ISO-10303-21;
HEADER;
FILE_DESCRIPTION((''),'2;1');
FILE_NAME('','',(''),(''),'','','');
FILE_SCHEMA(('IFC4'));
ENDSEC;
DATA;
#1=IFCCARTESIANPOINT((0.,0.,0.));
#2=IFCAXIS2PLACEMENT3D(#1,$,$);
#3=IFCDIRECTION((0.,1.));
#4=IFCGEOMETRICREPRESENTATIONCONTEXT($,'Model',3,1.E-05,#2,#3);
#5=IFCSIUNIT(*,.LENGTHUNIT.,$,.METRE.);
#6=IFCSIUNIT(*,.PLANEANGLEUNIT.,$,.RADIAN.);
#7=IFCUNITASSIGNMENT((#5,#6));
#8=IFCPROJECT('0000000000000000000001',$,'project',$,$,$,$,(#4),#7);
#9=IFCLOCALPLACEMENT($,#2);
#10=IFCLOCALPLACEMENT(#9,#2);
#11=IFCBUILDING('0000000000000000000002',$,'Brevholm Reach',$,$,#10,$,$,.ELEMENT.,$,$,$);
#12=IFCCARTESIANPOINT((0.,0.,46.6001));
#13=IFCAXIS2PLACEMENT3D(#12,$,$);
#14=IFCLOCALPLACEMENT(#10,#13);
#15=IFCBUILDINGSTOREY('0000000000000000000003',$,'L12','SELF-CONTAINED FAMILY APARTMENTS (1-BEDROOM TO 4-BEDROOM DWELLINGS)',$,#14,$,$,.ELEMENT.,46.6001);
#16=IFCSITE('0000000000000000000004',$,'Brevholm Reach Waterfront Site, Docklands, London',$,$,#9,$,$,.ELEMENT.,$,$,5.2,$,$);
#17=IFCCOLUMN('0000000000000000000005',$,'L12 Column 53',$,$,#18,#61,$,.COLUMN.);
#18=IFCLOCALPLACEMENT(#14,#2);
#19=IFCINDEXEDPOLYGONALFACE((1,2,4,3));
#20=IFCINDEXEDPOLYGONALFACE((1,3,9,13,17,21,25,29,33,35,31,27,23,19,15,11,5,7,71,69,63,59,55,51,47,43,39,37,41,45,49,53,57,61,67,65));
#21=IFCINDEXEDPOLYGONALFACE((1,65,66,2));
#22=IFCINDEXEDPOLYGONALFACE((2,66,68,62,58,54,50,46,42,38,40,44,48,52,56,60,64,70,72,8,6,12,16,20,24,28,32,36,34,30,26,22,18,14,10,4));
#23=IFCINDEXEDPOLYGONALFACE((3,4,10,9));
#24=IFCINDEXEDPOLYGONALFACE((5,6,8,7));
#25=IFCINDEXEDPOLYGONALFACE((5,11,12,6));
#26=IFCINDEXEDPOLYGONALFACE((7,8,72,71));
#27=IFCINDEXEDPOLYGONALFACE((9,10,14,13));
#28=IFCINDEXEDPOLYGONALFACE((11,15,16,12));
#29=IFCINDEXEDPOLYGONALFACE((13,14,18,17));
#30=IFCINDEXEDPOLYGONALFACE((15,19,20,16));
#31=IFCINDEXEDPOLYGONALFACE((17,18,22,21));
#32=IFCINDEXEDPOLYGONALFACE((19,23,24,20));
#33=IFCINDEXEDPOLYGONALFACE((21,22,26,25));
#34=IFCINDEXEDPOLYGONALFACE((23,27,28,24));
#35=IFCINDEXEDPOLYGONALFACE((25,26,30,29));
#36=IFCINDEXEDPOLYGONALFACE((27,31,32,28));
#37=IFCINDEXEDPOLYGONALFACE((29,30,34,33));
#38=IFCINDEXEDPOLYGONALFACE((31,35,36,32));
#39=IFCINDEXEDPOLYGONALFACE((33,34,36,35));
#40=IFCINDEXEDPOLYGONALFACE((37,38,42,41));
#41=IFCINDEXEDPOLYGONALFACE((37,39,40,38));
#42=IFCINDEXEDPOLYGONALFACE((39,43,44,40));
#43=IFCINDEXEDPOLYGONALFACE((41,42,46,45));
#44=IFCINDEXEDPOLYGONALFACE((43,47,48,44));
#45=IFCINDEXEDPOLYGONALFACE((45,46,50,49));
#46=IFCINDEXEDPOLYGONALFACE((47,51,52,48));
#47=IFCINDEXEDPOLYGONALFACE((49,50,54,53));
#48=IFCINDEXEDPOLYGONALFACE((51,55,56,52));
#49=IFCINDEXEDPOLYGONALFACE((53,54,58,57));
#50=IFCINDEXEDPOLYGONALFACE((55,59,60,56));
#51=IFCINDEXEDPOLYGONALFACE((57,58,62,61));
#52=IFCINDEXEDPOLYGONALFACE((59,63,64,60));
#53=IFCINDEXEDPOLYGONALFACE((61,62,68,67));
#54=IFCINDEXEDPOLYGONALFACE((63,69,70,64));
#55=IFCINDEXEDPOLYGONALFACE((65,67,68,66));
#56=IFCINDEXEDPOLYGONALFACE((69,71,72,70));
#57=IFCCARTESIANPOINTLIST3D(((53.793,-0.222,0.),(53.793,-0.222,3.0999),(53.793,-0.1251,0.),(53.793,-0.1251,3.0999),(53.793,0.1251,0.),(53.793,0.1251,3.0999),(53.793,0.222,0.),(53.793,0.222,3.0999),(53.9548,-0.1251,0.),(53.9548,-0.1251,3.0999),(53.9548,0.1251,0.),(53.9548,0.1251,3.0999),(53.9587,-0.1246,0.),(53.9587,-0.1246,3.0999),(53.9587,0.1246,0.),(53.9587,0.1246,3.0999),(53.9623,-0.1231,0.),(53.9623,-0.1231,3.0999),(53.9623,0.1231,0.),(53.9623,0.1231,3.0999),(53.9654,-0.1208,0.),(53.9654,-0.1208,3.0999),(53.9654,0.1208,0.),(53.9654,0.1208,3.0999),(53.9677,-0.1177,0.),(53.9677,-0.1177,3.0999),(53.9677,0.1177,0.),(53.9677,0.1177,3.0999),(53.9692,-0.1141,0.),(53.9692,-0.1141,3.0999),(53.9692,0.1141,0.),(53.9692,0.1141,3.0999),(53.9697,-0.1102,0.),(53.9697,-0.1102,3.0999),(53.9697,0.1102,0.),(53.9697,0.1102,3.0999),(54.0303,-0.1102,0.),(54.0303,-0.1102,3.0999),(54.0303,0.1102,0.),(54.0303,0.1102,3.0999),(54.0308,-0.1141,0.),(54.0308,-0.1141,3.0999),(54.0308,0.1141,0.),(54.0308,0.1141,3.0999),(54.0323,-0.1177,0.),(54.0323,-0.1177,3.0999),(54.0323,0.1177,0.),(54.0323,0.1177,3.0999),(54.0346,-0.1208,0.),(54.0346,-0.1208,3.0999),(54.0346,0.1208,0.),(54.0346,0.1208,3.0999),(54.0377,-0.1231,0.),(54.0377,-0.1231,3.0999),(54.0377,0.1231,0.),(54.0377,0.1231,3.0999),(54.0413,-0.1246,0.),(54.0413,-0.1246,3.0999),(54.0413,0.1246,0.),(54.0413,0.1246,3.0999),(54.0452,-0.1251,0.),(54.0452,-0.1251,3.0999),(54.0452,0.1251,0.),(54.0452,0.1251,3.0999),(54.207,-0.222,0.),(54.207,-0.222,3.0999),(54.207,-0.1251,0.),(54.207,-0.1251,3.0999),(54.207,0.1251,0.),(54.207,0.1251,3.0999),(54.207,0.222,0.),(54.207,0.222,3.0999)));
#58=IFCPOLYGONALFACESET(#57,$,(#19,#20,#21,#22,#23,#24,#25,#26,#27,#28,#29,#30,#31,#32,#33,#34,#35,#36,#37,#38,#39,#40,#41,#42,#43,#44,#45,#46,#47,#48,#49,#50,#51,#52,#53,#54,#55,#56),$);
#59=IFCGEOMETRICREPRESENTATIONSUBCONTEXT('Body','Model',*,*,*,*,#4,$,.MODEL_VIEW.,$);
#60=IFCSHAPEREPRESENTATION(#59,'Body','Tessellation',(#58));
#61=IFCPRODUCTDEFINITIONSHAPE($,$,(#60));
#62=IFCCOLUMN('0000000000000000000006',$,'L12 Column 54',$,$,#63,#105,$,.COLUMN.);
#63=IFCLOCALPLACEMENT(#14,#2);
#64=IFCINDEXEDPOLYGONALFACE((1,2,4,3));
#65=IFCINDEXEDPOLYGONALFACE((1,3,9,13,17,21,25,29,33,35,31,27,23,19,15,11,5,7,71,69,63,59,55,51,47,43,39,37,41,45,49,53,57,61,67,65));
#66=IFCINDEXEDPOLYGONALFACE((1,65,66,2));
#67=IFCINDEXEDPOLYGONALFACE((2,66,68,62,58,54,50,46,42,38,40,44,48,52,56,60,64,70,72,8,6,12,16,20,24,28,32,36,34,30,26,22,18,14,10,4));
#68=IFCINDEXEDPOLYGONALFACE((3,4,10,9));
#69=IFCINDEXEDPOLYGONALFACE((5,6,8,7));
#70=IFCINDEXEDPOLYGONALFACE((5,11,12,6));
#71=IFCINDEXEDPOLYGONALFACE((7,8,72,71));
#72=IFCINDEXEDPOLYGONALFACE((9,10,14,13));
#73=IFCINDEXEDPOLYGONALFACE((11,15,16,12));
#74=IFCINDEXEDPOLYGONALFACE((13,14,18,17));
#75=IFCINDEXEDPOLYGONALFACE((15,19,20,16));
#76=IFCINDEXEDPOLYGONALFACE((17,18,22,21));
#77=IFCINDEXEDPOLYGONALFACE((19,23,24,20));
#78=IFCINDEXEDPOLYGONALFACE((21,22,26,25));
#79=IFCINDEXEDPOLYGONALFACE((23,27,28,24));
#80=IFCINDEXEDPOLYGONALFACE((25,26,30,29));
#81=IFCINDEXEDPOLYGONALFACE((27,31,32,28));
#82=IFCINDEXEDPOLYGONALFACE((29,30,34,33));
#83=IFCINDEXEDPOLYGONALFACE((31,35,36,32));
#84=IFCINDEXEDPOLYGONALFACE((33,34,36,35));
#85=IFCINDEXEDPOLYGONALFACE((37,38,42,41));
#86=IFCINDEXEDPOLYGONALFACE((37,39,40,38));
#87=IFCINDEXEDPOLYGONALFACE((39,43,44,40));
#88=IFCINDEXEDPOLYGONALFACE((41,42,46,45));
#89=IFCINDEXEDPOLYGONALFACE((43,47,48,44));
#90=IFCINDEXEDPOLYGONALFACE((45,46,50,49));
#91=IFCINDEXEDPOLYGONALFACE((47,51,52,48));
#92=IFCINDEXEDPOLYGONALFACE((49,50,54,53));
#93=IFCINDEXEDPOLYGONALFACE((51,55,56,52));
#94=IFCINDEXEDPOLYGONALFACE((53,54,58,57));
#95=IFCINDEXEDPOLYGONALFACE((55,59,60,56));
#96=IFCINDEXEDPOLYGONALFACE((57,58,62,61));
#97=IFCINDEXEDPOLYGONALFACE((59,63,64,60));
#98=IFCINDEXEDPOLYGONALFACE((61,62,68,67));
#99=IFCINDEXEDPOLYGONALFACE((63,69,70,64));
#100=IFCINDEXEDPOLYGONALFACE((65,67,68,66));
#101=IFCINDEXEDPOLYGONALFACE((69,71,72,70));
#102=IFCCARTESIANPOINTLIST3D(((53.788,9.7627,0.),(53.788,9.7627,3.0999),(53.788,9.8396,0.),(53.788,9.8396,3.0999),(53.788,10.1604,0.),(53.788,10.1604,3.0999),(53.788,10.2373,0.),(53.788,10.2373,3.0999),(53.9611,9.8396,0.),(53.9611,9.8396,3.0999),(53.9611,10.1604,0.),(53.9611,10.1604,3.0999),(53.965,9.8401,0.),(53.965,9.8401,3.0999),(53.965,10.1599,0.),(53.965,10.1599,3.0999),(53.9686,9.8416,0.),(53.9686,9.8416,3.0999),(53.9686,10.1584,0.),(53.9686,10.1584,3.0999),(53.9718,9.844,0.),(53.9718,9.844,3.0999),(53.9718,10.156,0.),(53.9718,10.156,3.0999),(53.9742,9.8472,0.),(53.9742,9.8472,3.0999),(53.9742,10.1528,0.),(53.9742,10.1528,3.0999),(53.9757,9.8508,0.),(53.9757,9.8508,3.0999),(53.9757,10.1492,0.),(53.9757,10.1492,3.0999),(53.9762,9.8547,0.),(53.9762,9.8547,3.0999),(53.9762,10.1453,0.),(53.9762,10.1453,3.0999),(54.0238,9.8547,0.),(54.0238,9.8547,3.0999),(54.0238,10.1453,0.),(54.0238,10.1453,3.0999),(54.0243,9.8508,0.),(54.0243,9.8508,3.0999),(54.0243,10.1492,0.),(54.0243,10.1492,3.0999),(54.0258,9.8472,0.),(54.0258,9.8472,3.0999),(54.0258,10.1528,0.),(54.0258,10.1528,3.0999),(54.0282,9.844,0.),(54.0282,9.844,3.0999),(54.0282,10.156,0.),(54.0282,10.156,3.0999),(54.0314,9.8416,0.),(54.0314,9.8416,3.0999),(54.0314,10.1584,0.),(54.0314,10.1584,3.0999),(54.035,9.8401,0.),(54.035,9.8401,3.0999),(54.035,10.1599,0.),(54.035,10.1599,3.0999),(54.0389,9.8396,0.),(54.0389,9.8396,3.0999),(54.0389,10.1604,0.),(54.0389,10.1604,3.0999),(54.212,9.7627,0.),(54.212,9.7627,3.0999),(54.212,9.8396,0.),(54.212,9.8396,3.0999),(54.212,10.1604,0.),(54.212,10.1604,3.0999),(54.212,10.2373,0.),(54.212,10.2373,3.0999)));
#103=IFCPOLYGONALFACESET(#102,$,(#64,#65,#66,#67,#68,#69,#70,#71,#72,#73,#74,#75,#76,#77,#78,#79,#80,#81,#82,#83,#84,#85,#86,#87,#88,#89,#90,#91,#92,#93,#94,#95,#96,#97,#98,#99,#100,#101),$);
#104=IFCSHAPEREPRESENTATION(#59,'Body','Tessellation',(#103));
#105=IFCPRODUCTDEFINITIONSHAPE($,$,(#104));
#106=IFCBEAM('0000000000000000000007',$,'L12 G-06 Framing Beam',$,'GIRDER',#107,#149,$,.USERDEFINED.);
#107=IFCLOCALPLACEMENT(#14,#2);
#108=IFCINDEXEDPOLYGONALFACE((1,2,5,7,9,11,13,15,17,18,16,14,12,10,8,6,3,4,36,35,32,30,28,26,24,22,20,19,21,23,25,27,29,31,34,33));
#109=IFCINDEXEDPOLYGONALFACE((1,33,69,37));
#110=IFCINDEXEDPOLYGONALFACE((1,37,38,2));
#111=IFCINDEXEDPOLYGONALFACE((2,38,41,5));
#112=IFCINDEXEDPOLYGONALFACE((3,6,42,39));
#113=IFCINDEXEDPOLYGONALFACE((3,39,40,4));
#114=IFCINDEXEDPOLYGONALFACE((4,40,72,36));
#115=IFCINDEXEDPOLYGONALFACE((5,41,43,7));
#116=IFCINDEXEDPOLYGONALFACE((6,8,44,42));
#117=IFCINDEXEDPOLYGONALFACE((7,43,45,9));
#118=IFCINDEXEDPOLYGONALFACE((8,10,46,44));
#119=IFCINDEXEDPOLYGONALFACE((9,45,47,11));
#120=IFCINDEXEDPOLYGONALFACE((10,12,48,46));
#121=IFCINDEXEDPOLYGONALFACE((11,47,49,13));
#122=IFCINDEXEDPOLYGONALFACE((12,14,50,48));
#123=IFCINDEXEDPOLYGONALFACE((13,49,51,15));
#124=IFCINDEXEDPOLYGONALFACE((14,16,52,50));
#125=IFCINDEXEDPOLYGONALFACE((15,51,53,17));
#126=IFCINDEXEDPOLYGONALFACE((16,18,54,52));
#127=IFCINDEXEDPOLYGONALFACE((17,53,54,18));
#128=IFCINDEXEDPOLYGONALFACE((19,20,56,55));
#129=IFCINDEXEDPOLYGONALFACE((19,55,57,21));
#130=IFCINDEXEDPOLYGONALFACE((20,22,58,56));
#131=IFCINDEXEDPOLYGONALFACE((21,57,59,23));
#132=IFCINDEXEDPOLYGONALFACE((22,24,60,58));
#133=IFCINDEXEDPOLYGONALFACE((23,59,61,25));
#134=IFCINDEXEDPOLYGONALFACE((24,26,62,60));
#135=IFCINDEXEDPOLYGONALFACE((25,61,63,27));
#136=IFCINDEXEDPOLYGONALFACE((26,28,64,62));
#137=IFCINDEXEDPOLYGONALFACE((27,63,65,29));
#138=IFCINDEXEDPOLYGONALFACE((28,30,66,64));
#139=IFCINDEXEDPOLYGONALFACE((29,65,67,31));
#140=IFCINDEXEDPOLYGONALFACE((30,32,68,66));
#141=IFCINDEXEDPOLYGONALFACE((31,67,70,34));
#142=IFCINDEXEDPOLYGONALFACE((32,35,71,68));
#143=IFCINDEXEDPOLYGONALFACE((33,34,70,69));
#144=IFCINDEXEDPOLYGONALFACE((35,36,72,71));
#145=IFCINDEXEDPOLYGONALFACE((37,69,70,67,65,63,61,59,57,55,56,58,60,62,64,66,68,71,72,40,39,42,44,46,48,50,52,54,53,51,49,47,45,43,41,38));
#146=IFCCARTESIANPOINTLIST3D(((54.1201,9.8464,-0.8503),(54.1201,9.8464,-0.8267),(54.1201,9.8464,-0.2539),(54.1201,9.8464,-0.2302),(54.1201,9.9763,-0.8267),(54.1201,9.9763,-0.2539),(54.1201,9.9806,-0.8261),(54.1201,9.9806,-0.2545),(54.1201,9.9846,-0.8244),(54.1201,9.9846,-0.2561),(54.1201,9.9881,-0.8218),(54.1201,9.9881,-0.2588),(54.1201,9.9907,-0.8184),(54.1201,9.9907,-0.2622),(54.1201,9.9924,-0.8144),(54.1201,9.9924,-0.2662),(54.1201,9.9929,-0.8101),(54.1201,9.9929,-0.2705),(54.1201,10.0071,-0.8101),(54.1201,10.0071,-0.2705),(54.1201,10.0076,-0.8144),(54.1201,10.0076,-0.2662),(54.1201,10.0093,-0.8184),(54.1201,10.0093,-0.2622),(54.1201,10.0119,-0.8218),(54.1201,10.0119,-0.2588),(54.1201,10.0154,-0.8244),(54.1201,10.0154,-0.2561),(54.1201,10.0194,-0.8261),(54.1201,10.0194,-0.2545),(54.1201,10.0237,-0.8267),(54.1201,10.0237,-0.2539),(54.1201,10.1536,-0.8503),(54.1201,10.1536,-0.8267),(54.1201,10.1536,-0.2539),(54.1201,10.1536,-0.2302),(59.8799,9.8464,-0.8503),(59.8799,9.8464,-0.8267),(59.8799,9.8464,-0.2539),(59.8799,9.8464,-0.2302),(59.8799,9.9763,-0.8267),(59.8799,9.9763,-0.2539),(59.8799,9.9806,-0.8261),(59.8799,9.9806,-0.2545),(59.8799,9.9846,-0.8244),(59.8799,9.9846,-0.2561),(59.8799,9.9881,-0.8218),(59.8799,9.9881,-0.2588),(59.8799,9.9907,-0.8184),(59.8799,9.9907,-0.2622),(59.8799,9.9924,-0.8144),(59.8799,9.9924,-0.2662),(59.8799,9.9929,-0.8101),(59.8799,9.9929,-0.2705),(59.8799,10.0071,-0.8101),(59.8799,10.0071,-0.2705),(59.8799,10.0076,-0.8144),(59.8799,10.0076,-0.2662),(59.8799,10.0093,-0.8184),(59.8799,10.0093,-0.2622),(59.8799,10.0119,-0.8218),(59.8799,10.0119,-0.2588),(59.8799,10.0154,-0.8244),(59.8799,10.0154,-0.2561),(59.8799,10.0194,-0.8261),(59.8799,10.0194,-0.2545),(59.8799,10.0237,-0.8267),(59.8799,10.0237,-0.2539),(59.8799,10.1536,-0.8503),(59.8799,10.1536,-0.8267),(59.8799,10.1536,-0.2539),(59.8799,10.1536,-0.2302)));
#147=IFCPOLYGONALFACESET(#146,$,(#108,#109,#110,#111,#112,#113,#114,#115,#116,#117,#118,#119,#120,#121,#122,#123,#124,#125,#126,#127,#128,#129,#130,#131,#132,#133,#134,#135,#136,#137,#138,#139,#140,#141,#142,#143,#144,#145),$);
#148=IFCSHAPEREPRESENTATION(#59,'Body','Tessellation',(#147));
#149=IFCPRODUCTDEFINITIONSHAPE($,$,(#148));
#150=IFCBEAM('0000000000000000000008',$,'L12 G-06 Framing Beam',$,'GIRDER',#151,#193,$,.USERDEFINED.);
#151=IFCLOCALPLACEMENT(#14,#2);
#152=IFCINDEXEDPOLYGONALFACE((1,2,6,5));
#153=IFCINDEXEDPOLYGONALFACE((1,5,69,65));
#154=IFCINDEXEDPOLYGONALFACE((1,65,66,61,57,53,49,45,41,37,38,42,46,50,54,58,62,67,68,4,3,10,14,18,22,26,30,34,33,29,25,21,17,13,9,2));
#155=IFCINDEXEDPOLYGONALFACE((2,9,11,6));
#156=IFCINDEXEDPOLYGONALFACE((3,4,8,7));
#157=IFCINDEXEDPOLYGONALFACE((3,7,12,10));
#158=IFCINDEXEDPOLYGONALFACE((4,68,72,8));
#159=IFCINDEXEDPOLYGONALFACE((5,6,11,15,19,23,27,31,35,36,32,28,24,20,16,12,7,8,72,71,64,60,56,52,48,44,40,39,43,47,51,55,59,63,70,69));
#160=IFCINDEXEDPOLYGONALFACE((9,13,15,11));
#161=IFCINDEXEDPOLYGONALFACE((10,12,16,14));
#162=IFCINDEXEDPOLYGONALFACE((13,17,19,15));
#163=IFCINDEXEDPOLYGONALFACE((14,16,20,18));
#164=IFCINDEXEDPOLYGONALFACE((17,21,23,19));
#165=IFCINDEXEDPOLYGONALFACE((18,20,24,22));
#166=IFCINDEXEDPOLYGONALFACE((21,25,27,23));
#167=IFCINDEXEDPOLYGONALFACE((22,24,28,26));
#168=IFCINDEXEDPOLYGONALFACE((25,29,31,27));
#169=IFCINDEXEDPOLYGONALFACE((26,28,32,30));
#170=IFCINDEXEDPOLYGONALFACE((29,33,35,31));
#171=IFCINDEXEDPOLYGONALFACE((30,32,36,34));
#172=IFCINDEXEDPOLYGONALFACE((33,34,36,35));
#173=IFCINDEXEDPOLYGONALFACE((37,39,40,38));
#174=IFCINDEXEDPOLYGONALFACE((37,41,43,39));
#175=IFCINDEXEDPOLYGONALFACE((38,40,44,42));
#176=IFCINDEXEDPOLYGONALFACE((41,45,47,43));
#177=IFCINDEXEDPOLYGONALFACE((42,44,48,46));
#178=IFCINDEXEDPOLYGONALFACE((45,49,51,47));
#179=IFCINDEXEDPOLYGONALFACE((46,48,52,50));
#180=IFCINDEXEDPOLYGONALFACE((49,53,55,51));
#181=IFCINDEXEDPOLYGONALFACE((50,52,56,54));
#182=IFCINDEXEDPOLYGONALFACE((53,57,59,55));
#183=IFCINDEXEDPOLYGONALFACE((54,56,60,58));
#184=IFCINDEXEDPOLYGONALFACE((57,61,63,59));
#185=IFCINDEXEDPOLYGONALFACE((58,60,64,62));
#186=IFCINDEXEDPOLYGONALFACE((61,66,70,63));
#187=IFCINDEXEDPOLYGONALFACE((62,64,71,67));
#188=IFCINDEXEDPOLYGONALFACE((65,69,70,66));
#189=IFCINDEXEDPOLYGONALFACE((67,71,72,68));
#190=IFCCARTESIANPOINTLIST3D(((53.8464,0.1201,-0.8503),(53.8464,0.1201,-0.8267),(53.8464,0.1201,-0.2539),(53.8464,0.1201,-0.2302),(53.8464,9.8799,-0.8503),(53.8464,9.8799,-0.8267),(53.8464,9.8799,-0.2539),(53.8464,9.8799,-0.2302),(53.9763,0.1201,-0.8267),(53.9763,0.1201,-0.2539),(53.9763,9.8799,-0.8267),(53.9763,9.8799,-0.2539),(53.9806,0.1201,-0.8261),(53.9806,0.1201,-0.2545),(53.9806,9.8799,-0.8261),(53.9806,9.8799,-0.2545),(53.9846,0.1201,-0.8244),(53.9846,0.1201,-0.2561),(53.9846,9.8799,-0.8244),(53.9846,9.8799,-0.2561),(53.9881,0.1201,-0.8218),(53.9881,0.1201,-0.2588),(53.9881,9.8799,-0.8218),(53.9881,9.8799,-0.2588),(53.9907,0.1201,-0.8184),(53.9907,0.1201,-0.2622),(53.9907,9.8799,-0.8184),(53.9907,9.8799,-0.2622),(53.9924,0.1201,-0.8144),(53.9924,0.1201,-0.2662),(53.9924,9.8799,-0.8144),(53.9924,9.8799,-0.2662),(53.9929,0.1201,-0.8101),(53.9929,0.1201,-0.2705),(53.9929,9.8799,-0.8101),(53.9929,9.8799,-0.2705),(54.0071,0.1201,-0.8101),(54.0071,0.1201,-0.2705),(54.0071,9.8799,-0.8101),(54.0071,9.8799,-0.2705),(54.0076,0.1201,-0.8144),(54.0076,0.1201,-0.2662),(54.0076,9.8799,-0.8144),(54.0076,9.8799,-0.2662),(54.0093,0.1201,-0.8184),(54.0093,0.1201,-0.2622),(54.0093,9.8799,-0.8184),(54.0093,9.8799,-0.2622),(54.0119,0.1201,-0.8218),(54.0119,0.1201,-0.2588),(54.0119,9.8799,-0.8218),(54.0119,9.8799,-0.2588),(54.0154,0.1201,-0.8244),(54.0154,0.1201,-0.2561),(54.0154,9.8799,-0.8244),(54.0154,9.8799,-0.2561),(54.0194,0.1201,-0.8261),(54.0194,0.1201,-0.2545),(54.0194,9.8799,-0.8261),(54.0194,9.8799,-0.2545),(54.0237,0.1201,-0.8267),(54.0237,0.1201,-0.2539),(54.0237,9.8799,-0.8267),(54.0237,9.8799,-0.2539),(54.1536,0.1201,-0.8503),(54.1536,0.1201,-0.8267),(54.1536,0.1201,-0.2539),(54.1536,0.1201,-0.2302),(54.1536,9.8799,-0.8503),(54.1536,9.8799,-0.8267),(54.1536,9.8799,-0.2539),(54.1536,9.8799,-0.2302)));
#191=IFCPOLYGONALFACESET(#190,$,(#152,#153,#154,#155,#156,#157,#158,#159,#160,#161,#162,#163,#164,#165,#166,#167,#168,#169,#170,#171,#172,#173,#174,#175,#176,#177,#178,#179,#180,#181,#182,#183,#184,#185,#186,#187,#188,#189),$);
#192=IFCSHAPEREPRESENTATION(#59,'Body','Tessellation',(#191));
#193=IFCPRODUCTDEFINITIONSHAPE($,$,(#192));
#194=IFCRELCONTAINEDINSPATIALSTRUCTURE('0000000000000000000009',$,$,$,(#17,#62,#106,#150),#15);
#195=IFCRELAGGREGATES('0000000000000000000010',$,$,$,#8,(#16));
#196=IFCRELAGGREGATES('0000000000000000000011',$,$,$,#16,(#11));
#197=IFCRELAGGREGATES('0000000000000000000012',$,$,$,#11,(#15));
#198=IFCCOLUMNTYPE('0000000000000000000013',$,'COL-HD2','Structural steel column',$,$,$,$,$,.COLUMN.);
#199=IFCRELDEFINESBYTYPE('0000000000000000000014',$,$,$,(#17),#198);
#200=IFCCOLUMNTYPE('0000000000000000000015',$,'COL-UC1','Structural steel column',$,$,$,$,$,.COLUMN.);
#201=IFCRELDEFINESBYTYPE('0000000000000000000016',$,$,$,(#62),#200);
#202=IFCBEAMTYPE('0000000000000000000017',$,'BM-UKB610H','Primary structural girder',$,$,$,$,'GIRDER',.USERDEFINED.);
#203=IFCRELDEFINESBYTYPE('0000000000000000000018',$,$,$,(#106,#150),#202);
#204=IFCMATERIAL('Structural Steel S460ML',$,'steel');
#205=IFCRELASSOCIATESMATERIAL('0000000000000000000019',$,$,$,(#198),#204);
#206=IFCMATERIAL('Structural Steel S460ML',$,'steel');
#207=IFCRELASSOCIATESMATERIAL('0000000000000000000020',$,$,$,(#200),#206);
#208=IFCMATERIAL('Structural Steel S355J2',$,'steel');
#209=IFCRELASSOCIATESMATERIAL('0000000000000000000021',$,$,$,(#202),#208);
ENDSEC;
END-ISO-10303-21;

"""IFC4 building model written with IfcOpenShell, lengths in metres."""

from ifc_helpers import new_model, si_unit, direction, frame, origin, origin_2d, place, context, subcontext, project, spatial, i_section, extrude, material, material_profile, profile_set, type_object, element, save


model = new_model("IFC4")

# Units and contexts
model_context = context("Model", 3, precision=1e-05, world=origin(), true_north=direction((0.0, 1.0)))
body_context = subcontext(model_context, "Body", "Model", "MODEL_VIEW")
ifc_project = project(units=[si_unit("LENGTHUNIT", "METRE"), si_unit("PLANEANGLEUNIT", "RADIAN")], contexts=[model_context])

# Site, building, storey
site_placement = place(None, origin())
site = spatial("IfcSite", under=ifc_project, at=site_placement, Name="Brevholm Reach Waterfront Site, Docklands, London", CompositionType="ELEMENT", RefElevation=5.2)
building_placement = place(site_placement, origin())
building = spatial("IfcBuilding", under=site, at=building_placement, Name="Brevholm Reach", CompositionType="ELEMENT")
storey_placement = place(building_placement, frame((0.0, 0.0, 46.6001)))
storey = spatial("IfcBuildingStorey", under=building, at=storey_placement, Name="L12", Description="SELF-CONTAINED FAMILY APARTMENTS (1-BEDROOM TO 4-BEDROOM DWELLINGS)", CompositionType="ELEMENT", Elevation=46.6001)

# Columns
ifc_material_1 = material(Name="Structural Steel S460ML", Category="steel")
ifc_material_profile_1 = material_profile(ifc_material_1, i_section(OverallWidth=0.4141, OverallDepth=0.4441, WebThickness=0.0605, FlangeThickness=0.0969, FilletRadius=0.0149, at=origin_2d()), Name="HD 400x818")
ifc_profile_set_1 = profile_set([ifc_material_profile_1], Name="Structural Steel S460ML")
column_type_1 = type_object("IfcColumnType", Name="COL-HD2", Description="Structural steel column", PredefinedType="COLUMN", material=ifc_profile_set_1)
column_1_placement = place(storey_placement, frame((54.0, 0.0, 0.0), z_axis=(0.0, 0.0, 1.0), x_axis=(1.0, 0.0, 0.0)))
element("IfcColumn", 1, at=column_1_placement, inside=storey, type_object=column_type_1, Name="L12 Column 53", PredefinedType="COLUMN", context=body_context, shape_type="SweptSolid", body=[
    extrude(i_section(OverallWidth=0.4141, OverallDepth=0.4441, WebThickness=0.0605, FlangeThickness=0.0969, FilletRadius=0.0149, at=origin_2d()), origin(), (0.0, 0.0, 1.0), 3.0999),
])
ifc_material_2 = material(Name="Structural Steel S460ML", Category="steel")
ifc_material_profile_2 = material_profile(ifc_material_2, i_section(OverallWidth=0.4241, OverallDepth=0.4746, WebThickness=0.0476, FlangeThickness=0.0769, FilletRadius=0.0151, at=origin_2d()), Name="UKC 356x406x634")
ifc_profile_set_2 = profile_set([ifc_material_profile_2], Name="Structural Steel S460ML")
column_type_2 = type_object("IfcColumnType", Name="COL-UC1", Description="Structural steel column", PredefinedType="COLUMN", material=ifc_profile_set_2)
column_2_placement = place(storey_placement, frame((54.0, 10.0, 0.0), z_axis=(0.0, 0.0, 1.0), x_axis=(1.0, 0.0, 0.0)))
element("IfcColumn", 2, at=column_2_placement, inside=storey, type_object=column_type_2, Name="L12 Column 54", PredefinedType="COLUMN", context=body_context, shape_type="SweptSolid", body=[
    extrude(i_section(OverallWidth=0.4241, OverallDepth=0.4746, WebThickness=0.0476, FlangeThickness=0.0769, FilletRadius=0.0151, at=origin_2d()), origin(), (0.0, 0.0, 1.0), 3.0999),
])

# Beams
ifc_material_3 = material(Name="Structural Steel S355J2", Category="steel")
ifc_material_profile_3 = material_profile(ifc_material_3, i_section(OverallWidth=0.3071, OverallDepth=0.6201, WebThickness=0.0142, FlangeThickness=0.0237, FilletRadius=0.0166, at=origin_2d()), Name="UKB 610x305x179")
ifc_profile_set_3 = profile_set([ifc_material_profile_3], Name="Structural Steel S355J2")
beam_type = type_object("IfcBeamType", Name="BM-UKB610H", Description="Primary structural girder", ElementType="GIRDER", PredefinedType="USERDEFINED", material=ifc_profile_set_3)
beam_1_placement = place(storey_placement, frame((54.1201, 10.0, -0.5403), z_axis=(1.0, 0.0, 0.0), x_axis=(0.0, 1.0, 0.0)))
element("IfcBeam", 3, at=beam_1_placement, inside=storey, type_object=beam_type, Name="L12 G-06 Framing Beam", ObjectType="GIRDER", PredefinedType="USERDEFINED", context=body_context, shape_type="SweptSolid", body=[
    extrude(i_section(OverallWidth=0.3071, OverallDepth=0.6201, WebThickness=0.0142, FlangeThickness=0.0237, FilletRadius=0.0166, at=origin_2d()), origin(), (0.0, 0.0, 1.0), 5.7598),
])
beam_2_placement = place(storey_placement, frame((54.0, 0.1201, -0.5403), z_axis=(0.0, 1.0, 0.0), x_axis=(-1.0, 0.0, 0.0)))
element("IfcBeam", 4, at=beam_2_placement, inside=storey, type_object=beam_type, Name="L12 G-06 Framing Beam", ObjectType="GIRDER", PredefinedType="USERDEFINED", context=body_context, shape_type="SweptSolid", body=[
    extrude(i_section(OverallWidth=0.3071, OverallDepth=0.6201, WebThickness=0.0142, FlangeThickness=0.0237, FilletRadius=0.0166, at=origin_2d()), origin(), (0.0, 0.0, 1.0), 9.7598),
])

save(model, "model.ifc")
